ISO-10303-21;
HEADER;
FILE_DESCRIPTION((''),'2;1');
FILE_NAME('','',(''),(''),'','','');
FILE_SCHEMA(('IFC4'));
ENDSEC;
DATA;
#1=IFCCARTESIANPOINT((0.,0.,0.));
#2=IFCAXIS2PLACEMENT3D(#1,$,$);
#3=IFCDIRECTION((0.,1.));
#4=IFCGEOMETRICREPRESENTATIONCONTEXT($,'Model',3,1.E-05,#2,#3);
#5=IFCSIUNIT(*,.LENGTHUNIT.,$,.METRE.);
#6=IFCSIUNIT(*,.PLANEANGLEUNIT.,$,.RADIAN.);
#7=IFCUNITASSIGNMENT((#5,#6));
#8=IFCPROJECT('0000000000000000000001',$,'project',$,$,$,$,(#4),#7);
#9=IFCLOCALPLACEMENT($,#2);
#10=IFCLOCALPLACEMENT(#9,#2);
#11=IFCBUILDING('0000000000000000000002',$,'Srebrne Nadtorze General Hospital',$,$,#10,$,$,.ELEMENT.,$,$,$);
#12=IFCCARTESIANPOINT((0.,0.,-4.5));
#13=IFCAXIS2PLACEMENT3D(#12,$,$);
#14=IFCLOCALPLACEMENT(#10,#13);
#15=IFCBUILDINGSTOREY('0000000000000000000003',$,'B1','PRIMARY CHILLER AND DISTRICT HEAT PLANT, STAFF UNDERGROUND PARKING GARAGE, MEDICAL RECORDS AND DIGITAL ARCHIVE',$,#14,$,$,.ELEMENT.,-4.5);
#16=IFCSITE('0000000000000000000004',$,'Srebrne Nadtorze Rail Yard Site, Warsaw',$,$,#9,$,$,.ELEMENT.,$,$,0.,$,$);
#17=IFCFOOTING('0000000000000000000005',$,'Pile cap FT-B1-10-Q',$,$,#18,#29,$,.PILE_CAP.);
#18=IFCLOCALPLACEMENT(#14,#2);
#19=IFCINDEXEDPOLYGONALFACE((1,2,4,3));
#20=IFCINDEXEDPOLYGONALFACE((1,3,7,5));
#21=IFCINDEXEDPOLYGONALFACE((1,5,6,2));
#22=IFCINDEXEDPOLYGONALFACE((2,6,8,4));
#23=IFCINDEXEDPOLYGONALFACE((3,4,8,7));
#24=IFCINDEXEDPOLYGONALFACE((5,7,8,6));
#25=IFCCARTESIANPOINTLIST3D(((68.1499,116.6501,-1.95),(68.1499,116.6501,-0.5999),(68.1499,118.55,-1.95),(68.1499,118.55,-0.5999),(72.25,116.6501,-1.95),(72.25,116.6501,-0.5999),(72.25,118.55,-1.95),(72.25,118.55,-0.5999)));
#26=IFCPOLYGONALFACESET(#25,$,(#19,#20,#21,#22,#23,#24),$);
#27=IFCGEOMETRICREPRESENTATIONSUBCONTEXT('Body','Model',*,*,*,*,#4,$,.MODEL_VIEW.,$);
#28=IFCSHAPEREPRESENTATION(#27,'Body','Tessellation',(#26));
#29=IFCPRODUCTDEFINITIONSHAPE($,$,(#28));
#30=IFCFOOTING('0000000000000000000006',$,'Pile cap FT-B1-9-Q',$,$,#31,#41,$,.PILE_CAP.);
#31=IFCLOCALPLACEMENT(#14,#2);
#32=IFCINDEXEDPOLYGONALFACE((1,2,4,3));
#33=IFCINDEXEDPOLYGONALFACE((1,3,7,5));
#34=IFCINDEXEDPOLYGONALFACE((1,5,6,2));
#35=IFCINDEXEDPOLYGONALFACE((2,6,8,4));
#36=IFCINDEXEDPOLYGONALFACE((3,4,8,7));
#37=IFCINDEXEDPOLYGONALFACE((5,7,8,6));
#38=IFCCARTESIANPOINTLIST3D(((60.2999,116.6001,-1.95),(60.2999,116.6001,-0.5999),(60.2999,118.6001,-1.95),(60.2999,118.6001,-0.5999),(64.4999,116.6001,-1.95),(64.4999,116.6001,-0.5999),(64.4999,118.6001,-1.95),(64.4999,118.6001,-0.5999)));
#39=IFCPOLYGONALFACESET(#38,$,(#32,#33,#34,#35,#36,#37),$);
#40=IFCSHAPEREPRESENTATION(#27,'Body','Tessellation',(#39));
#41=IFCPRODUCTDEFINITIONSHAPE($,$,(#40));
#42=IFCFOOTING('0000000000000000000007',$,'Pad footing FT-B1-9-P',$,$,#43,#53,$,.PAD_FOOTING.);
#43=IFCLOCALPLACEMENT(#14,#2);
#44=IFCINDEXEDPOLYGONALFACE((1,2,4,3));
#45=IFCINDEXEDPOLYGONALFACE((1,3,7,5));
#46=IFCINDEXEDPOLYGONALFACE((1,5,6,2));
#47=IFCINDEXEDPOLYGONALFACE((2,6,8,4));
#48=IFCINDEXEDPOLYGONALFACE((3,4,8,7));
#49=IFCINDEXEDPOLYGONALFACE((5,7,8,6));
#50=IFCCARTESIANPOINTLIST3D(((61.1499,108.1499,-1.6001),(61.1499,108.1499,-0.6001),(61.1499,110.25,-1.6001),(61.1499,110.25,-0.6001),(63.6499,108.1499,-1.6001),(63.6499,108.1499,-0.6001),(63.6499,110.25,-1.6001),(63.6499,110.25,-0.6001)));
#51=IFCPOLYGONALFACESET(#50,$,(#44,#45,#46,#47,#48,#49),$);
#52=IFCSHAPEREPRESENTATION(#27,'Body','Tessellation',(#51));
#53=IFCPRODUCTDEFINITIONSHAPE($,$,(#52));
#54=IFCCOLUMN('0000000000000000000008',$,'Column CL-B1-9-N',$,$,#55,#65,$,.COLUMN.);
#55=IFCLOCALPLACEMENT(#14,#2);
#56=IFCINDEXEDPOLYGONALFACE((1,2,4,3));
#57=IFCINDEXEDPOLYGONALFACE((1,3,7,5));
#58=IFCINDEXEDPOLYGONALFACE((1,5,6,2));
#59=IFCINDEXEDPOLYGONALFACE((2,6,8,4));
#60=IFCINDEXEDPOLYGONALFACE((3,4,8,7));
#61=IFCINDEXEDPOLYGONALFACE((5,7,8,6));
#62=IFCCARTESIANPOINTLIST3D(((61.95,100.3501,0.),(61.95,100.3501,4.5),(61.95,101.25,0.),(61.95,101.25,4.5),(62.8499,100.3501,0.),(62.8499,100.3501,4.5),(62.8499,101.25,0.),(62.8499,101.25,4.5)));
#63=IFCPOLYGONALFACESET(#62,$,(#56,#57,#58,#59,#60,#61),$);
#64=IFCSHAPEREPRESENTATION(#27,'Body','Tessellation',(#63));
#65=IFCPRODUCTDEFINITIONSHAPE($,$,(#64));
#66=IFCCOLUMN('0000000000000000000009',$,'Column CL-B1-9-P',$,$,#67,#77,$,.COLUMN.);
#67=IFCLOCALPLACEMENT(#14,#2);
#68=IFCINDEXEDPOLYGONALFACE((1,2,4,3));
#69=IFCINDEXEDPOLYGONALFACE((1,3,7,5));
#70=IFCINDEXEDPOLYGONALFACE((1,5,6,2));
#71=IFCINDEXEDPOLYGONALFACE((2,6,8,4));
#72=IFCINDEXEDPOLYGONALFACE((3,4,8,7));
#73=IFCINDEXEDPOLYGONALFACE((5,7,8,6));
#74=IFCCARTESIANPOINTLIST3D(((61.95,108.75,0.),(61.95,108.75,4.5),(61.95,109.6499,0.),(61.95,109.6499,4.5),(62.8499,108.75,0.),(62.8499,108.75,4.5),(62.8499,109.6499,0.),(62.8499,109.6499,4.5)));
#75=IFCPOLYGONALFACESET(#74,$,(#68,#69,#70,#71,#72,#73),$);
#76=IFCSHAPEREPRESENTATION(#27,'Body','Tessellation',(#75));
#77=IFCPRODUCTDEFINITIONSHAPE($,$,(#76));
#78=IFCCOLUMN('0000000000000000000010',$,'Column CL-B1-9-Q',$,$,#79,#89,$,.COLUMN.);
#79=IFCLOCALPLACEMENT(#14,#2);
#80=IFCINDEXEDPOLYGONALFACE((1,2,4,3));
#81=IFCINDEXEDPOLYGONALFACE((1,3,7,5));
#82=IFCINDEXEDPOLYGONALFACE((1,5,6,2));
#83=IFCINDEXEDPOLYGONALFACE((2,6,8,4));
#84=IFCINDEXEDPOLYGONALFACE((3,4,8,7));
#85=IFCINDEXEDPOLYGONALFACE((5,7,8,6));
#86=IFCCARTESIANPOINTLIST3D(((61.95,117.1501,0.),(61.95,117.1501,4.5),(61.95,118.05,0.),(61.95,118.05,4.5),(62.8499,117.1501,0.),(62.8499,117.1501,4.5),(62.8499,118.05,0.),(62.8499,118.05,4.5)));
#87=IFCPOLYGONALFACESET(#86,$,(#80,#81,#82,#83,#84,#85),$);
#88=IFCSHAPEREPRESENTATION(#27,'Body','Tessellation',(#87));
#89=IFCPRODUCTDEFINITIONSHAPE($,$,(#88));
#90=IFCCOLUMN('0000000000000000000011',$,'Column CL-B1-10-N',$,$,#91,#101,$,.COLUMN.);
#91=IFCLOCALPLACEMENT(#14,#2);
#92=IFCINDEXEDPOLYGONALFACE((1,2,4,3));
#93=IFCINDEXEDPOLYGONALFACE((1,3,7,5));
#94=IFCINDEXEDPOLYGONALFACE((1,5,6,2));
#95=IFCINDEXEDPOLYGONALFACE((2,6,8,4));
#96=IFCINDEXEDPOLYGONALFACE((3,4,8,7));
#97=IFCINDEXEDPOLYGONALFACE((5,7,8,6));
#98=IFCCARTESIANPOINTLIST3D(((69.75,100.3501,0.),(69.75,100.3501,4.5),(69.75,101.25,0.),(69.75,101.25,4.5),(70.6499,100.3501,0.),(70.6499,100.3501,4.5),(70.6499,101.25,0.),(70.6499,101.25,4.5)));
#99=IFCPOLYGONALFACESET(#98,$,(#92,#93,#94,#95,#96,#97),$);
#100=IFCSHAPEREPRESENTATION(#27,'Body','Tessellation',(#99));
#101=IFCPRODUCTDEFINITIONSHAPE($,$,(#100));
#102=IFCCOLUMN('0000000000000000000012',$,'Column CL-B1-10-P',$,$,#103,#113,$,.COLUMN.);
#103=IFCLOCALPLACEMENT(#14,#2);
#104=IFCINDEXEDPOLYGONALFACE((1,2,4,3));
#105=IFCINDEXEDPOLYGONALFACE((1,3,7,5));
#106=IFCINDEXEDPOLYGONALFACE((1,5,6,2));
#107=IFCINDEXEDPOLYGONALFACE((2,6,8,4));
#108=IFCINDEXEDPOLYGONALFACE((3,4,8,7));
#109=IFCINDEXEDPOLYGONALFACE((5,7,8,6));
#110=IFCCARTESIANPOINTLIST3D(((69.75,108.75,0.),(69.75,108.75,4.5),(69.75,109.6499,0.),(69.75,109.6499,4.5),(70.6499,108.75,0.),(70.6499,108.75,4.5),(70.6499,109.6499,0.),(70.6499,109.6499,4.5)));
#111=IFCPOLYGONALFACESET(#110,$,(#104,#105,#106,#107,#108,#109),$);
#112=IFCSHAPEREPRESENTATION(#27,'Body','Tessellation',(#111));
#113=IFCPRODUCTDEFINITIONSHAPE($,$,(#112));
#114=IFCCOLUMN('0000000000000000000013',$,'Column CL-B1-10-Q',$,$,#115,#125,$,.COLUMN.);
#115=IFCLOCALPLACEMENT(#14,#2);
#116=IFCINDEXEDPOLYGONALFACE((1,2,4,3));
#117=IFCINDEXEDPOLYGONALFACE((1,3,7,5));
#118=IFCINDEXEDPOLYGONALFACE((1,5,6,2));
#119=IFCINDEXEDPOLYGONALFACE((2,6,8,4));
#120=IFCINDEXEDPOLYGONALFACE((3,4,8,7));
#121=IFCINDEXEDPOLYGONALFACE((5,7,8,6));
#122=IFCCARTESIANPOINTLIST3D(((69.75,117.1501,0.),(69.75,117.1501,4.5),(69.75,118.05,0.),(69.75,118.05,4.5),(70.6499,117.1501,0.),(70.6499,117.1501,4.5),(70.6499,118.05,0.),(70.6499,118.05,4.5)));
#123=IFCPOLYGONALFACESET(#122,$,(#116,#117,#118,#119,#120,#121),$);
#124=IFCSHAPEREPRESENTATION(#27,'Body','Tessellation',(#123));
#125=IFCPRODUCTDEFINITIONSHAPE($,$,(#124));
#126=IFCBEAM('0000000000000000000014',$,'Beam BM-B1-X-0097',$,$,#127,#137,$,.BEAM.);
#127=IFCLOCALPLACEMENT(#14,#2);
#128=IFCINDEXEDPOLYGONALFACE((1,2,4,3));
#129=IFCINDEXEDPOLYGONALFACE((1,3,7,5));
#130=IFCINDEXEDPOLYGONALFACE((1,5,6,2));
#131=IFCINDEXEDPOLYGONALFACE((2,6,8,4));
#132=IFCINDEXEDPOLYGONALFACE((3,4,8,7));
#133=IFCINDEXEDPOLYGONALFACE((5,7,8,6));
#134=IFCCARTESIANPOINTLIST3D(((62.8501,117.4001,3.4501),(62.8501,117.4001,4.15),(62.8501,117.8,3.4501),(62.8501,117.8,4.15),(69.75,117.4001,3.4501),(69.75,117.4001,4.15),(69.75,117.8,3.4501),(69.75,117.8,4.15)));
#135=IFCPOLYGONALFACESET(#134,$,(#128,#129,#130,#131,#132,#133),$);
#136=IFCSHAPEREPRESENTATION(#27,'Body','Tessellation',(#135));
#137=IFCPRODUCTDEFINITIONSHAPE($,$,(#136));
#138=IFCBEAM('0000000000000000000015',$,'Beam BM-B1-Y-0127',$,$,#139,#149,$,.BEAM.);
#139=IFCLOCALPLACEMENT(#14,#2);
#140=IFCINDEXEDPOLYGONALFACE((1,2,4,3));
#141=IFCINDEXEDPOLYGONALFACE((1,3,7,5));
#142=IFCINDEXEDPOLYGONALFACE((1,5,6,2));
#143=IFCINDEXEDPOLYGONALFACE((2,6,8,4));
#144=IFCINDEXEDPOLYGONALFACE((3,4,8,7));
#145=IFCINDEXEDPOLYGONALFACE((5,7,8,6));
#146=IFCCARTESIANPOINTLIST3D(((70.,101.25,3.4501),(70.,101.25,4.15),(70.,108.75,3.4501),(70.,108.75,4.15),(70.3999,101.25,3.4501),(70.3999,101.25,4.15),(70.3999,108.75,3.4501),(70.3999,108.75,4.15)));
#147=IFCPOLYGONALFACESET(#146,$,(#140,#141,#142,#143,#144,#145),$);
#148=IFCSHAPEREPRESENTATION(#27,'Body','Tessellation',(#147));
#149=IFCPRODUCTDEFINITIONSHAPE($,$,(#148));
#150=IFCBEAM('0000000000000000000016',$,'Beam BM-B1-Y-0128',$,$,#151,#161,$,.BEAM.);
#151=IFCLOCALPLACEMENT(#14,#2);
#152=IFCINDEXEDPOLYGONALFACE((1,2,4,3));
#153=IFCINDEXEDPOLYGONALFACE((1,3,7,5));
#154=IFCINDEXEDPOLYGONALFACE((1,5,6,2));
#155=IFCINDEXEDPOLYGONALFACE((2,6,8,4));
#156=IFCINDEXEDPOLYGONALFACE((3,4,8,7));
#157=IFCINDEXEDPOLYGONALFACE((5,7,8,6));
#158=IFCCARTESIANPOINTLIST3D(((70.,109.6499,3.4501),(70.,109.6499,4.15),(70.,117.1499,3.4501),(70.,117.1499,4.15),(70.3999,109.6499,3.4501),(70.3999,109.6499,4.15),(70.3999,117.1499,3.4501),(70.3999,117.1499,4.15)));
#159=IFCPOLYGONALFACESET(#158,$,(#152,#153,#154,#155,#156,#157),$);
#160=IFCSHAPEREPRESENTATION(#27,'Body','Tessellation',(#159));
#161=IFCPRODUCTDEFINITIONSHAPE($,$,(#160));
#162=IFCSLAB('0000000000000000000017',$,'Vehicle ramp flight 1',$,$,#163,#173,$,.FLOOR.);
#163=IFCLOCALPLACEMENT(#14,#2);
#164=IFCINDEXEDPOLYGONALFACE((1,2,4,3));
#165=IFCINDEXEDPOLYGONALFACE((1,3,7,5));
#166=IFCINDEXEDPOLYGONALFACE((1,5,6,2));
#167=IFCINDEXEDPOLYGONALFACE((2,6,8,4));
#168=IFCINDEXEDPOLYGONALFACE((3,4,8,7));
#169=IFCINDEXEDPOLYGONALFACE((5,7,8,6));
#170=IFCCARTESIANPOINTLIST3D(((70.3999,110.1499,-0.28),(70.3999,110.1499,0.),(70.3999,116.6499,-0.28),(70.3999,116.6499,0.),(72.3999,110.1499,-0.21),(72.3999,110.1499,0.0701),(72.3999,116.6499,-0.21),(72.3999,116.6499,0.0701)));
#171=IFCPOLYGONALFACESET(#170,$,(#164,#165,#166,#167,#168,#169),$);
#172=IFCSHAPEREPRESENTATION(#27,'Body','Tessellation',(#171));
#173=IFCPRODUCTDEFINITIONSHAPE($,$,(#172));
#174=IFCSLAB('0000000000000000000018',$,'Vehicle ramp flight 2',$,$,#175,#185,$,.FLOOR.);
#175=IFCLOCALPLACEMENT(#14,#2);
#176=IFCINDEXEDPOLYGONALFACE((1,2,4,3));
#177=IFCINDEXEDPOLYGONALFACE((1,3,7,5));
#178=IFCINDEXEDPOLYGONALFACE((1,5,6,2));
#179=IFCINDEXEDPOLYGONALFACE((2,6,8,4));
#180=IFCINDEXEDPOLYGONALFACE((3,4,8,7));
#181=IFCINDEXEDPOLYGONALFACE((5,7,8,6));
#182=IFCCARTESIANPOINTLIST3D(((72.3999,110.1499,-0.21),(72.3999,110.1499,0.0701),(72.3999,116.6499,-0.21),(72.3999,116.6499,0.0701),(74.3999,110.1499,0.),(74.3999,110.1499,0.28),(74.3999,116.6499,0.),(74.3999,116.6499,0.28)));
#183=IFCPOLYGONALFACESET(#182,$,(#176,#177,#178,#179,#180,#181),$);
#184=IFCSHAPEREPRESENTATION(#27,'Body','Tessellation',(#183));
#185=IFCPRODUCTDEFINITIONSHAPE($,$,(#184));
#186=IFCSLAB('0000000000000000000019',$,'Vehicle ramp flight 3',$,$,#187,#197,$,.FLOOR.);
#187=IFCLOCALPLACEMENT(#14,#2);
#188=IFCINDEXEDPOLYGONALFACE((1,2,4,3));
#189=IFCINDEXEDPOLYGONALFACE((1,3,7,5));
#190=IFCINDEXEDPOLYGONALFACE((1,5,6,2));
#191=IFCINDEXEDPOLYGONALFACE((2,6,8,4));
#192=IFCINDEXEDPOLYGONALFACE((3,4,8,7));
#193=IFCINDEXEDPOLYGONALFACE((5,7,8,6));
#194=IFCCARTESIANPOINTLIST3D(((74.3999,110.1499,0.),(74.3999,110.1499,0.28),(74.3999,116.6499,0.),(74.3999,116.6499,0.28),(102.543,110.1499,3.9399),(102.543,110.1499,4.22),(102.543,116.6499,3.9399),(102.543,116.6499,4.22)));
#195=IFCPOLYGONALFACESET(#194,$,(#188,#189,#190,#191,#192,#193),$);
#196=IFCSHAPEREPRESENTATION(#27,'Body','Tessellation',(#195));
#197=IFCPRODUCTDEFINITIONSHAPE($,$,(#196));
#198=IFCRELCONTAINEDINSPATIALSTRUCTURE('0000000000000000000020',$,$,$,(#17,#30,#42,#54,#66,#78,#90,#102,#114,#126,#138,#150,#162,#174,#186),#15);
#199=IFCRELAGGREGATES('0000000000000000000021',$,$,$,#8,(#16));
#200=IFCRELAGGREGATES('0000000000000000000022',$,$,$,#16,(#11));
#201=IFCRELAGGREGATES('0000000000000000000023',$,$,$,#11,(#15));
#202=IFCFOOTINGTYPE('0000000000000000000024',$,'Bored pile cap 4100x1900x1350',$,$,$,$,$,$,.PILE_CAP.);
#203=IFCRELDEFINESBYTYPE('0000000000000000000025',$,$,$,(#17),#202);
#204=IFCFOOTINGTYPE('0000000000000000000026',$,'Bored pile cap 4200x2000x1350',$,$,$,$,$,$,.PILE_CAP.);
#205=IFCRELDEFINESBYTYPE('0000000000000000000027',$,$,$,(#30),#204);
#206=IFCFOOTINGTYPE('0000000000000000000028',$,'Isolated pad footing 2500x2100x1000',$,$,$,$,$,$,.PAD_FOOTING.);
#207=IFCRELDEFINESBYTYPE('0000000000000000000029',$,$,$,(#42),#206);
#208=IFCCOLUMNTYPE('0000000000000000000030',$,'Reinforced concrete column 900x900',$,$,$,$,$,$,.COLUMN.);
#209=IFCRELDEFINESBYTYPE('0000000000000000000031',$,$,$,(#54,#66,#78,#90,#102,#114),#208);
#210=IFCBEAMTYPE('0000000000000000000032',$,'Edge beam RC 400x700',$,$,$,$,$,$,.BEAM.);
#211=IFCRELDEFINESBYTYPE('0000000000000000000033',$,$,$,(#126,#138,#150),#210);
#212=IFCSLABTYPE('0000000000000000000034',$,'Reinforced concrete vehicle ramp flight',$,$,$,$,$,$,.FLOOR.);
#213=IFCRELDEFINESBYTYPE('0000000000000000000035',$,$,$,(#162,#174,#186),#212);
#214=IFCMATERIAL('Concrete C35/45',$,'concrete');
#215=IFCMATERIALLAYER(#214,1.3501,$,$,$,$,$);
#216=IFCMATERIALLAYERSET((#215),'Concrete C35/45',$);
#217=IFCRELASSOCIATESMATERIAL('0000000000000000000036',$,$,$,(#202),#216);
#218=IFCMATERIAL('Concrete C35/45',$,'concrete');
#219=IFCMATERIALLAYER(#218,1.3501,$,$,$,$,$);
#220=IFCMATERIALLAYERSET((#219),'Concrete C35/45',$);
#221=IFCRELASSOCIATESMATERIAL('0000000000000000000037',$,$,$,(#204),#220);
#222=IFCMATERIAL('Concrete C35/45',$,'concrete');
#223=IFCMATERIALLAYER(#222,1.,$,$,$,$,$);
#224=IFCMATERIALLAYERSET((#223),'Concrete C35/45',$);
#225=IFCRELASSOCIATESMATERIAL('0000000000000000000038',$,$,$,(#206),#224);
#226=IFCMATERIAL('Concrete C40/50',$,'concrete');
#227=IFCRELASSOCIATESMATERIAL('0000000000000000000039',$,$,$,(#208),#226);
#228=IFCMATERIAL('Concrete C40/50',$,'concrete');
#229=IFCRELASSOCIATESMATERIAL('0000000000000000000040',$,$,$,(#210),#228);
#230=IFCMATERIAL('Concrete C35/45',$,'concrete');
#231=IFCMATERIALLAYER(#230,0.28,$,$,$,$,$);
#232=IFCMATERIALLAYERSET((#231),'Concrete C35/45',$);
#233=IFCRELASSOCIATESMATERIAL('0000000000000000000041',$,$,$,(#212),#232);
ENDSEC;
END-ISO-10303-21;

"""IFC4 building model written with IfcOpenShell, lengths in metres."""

from ifc_helpers import new_model, si_unit, direction, frame, origin, origin_2d, place, context, subcontext, project, spatial, polyline, rectangle, outline, extrude, material, layer, layer_set, material_profile, profile_set, type_object, element, save


model = new_model("IFC4")

# Units and contexts
model_context = context("Model", 3, precision=1e-05, world=origin(), true_north=direction((0.0, 1.0)))
body_context = subcontext(model_context, "Body", "Model", "MODEL_VIEW")
ifc_project = project(units=[si_unit("LENGTHUNIT", "METRE"), si_unit("PLANEANGLEUNIT", "RADIAN")], contexts=[model_context])

# Site, building, storey
site_placement = place(None, origin())
site = spatial("IfcSite", under=ifc_project, at=site_placement, Name="Srebrne Nadtorze Rail Yard Site, Warsaw", CompositionType="ELEMENT", RefElevation=0.0)
building_placement = place(site_placement, origin())
building = spatial("IfcBuilding", under=site, at=building_placement, Name="Srebrne Nadtorze General Hospital", CompositionType="ELEMENT")
storey_placement = place(building_placement, frame((0.0, 0.0, -4.5)))
storey = spatial("IfcBuildingStorey", under=building, at=storey_placement, Name="B1", Description="PRIMARY CHILLER AND DISTRICT HEAT PLANT, STAFF UNDERGROUND PARKING GARAGE, MEDICAL RECORDS AND DIGITAL ARCHIVE", CompositionType="ELEMENT", Elevation=-4.5)

# Footings
ifc_material_1 = material(Name="Concrete C35/45", Category="concrete")
ifc_layer_1 = layer(ifc_material_1, 1.3501)
ifc_layer_set_1 = layer_set([ifc_layer_1], Name="Concrete C35/45")
footing_type_1 = type_object("IfcFootingType", Name="Bored pile cap 4100x1900x1350", PredefinedType="PILE_CAP", material=ifc_layer_set_1)
for number, where, z_axis, x_axis, name in (
    (1, (70.2, 117.6001, -1.95), (0.0, 0.0, 1.0), (1.0, 0.0, 0.0), "Pile cap FT-B1-10-Q"),
):
    element("IfcFooting", number, at=place(storey_placement, frame(where, z_axis=z_axis, x_axis=x_axis)), inside=storey, type_object=footing_type_1, Name=name, PredefinedType="PILE_CAP", context=body_context, shape_type="SweptSolid", body=[
        extrude(rectangle(XDim=4.1001, YDim=1.8999, at=origin_2d()), origin(), (0.0, 0.0, 1.0), 1.3501),
    ])
ifc_material_2 = material(Name="Concrete C35/45", Category="concrete")
ifc_layer_2 = layer(ifc_material_2, 1.3501)
ifc_layer_set_2 = layer_set([ifc_layer_2], Name="Concrete C35/45")
footing_type_2 = type_object("IfcFootingType", Name="Bored pile cap 4200x2000x1350", PredefinedType="PILE_CAP", material=ifc_layer_set_2)
footing_1_placement = place(storey_placement, frame((62.3999, 117.6001, -1.95), z_axis=(0.0, 0.0, 1.0), x_axis=(1.0, 0.0, 0.0)))
element("IfcFooting", 2, at=footing_1_placement, inside=storey, type_object=footing_type_2, Name="Pile cap FT-B1-9-Q", PredefinedType="PILE_CAP", context=body_context, shape_type="SweptSolid", body=[
    extrude(rectangle(XDim=4.2, YDim=2.0, at=origin_2d()), origin(), (0.0, 0.0, 1.0), 1.3501),
])
ifc_material_3 = material(Name="Concrete C35/45", Category="concrete")
ifc_layer_3 = layer(ifc_material_3, 1.0)
ifc_layer_set_3 = layer_set([ifc_layer_3], Name="Concrete C35/45")
footing_type_3 = type_object("IfcFootingType", Name="Isolated pad footing 2500x2100x1000", PredefinedType="PAD_FOOTING", material=ifc_layer_set_3)
footing_2_placement = place(storey_placement, frame((62.3999, 109.2, -1.6001), z_axis=(0.0, 0.0, 1.0), x_axis=(1.0, 0.0, 0.0)))
element("IfcFooting", 3, at=footing_2_placement, inside=storey, type_object=footing_type_3, Name="Pad footing FT-B1-9-P", PredefinedType="PAD_FOOTING", context=body_context, shape_type="SweptSolid", body=[
    extrude(rectangle(XDim=2.5, YDim=2.1001, at=origin_2d()), origin(), (0.0, 0.0, 1.0), 1.0),
])

# Columns
ifc_material_4 = material(Name="Concrete C40/50", Category="concrete")
ifc_material_profile_1 = material_profile(ifc_material_4, rectangle(XDim=0.8999, YDim=0.8999, at=origin_2d()), Name="RC-COL-900x900")
ifc_profile_set_1 = profile_set([ifc_material_profile_1], Name="Concrete C40/50")
column_type = type_object("IfcColumnType", Name="Reinforced concrete column 900x900", PredefinedType="COLUMN", material=ifc_profile_set_1)
for number, where, z_axis, x_axis, name in (
    (4, (62.3999, 100.8, 0.0), (0.0, 0.0, 1.0), (1.0, 0.0, 0.0), "Column CL-B1-9-N"),
    (5, (62.3999, 109.2, 0.0), (0.0, 0.0, 1.0), (1.0, 0.0, 0.0), "Column CL-B1-9-P"),
    (6, (62.3999, 117.6001, 0.0), (0.0, 0.0, 1.0), (1.0, 0.0, 0.0), "Column CL-B1-9-Q"),
    (7, (70.2, 100.8, 0.0), (0.0, 0.0, 1.0), (1.0, 0.0, 0.0), "Column CL-B1-10-N"),
    (8, (70.2, 109.2, 0.0), (0.0, 0.0, 1.0), (1.0, 0.0, 0.0), "Column CL-B1-10-P"),
    (9, (70.2, 117.6001, 0.0), (0.0, 0.0, 1.0), (1.0, 0.0, 0.0), "Column CL-B1-10-Q"),
):
    element("IfcColumn", number, at=place(storey_placement, frame(where, z_axis=z_axis, x_axis=x_axis)), inside=storey, type_object=column_type, Name=name, PredefinedType="COLUMN", context=body_context, shape_type="SweptSolid", body=[
        extrude(rectangle(XDim=0.8999, YDim=0.8999, at=origin_2d()), origin(), (0.0, 0.0, 1.0), 4.5),
    ])

# Beams
ifc_material_5 = material(Name="Concrete C40/50", Category="concrete")
ifc_material_profile_2 = material_profile(ifc_material_5, rectangle(XDim=0.3999, YDim=0.7, at=origin_2d()), Name="RC-BM-400x700")
ifc_profile_set_2 = profile_set([ifc_material_profile_2], Name="Concrete C40/50")
beam_type = type_object("IfcBeamType", Name="Edge beam RC 400x700", PredefinedType="BEAM", material=ifc_profile_set_2)
beam_placement = place(storey_placement, frame((62.8501, 117.6001, 3.8), z_axis=(1.0, 0.0, 0.0), x_axis=(0.0, 1.0, 0.0)))
element("IfcBeam", 10, at=beam_placement, inside=storey, type_object=beam_type, Name="Beam BM-B1-X-0097", PredefinedType="BEAM", context=body_context, shape_type="SweptSolid", body=[
    extrude(rectangle(XDim=0.3999, YDim=0.7, at=origin_2d()), origin(), (0.0, 0.0, 1.0), 6.8999),
])
for number, where, z_axis, x_axis, name in (
    (11, (70.2, 101.25, 3.8), (0.0, 1.0, 0.0), (-1.0, 0.0, 0.0), "Beam BM-B1-Y-0127"),
    (12, (70.2, 109.6499, 3.8), (0.0, 1.0, 0.0), (-1.0, 0.0, 0.0), "Beam BM-B1-Y-0128"),
):
    element("IfcBeam", number, at=place(storey_placement, frame(where, z_axis=z_axis, x_axis=x_axis)), inside=storey, type_object=beam_type, Name=name, PredefinedType="BEAM", context=body_context, shape_type="SweptSolid", body=[
        extrude(rectangle(XDim=0.3999, YDim=0.7, at=origin_2d()), origin(), (0.0, 0.0, 1.0), 7.5),
    ])

# Slabs
ifc_material_6 = material(Name="Concrete C35/45", Category="concrete")
ifc_layer_4 = layer(ifc_material_6, 0.28)
ifc_layer_set_4 = layer_set([ifc_layer_4], Name="Concrete C35/45")
slab_type = type_object("IfcSlabType", Name="Reinforced concrete vehicle ramp flight", PredefinedType="FLOOR", material=ifc_layer_set_4)
slab_1_placement = place(storey_placement, frame((70.3999, 113.3999, 0.0), z_axis=(0.0, 0.0, 1.0), x_axis=(1.0, 0.0, 0.0)))
element("IfcSlab", 13, at=slab_1_placement, inside=storey, type_object=slab_type, Name="Vehicle ramp flight 1", PredefinedType="FLOOR", context=body_context, shape_type="SweptSolid", body=[
    extrude(outline(polyline([(0.0, 0.0), (2.0, 0.0701), (2.0, -0.21), (0.0, -0.28), (0.0, 0.0)])), frame((0.0, 3.25, 0.0), z_axis=(0.0, -1.0, 0.0), x_axis=(1.0, 0.0, 0.0)), (0.0, 0.0, 1.0), 6.5),
])
slab_2_placement = place(storey_placement, frame((72.3999, 113.3999, 0.0701), z_axis=(0.0, 0.0, 1.0), x_axis=(1.0, 0.0, 0.0)))
element("IfcSlab", 14, at=slab_2_placement, inside=storey, type_object=slab_type, Name="Vehicle ramp flight 2", PredefinedType="FLOOR", context=body_context, shape_type="SweptSolid", body=[
    extrude(outline(polyline([(0.0, 0.0), (2.0, 0.21), (2.0, -0.0701), (0.0, -0.28), (0.0, 0.0)])), frame((0.0, 3.25, 0.0), z_axis=(0.0, -1.0, 0.0), x_axis=(1.0, 0.0, 0.0)), (0.0, 0.0, 1.0), 6.5),
])
slab_3_placement = place(storey_placement, frame((74.3999, 113.3999, 0.28), z_axis=(0.0, 0.0, 1.0), x_axis=(1.0, 0.0, 0.0)))
element("IfcSlab", 15, at=slab_3_placement, inside=storey, type_object=slab_type, Name="Vehicle ramp flight 3", PredefinedType="FLOOR", context=body_context, shape_type="SweptSolid", body=[
    extrude(outline(polyline([(0.0, 0.0), (28.1431, 3.9399), (28.1431, 3.6599), (0.0, -0.28), (0.0, 0.0)])), frame((0.0, 3.25, 0.0), z_axis=(0.0, -1.0, 0.0), x_axis=(1.0, 0.0, 0.0)), (0.0, 0.0, 1.0), 6.5),
])

save(model, "model.ifc")
